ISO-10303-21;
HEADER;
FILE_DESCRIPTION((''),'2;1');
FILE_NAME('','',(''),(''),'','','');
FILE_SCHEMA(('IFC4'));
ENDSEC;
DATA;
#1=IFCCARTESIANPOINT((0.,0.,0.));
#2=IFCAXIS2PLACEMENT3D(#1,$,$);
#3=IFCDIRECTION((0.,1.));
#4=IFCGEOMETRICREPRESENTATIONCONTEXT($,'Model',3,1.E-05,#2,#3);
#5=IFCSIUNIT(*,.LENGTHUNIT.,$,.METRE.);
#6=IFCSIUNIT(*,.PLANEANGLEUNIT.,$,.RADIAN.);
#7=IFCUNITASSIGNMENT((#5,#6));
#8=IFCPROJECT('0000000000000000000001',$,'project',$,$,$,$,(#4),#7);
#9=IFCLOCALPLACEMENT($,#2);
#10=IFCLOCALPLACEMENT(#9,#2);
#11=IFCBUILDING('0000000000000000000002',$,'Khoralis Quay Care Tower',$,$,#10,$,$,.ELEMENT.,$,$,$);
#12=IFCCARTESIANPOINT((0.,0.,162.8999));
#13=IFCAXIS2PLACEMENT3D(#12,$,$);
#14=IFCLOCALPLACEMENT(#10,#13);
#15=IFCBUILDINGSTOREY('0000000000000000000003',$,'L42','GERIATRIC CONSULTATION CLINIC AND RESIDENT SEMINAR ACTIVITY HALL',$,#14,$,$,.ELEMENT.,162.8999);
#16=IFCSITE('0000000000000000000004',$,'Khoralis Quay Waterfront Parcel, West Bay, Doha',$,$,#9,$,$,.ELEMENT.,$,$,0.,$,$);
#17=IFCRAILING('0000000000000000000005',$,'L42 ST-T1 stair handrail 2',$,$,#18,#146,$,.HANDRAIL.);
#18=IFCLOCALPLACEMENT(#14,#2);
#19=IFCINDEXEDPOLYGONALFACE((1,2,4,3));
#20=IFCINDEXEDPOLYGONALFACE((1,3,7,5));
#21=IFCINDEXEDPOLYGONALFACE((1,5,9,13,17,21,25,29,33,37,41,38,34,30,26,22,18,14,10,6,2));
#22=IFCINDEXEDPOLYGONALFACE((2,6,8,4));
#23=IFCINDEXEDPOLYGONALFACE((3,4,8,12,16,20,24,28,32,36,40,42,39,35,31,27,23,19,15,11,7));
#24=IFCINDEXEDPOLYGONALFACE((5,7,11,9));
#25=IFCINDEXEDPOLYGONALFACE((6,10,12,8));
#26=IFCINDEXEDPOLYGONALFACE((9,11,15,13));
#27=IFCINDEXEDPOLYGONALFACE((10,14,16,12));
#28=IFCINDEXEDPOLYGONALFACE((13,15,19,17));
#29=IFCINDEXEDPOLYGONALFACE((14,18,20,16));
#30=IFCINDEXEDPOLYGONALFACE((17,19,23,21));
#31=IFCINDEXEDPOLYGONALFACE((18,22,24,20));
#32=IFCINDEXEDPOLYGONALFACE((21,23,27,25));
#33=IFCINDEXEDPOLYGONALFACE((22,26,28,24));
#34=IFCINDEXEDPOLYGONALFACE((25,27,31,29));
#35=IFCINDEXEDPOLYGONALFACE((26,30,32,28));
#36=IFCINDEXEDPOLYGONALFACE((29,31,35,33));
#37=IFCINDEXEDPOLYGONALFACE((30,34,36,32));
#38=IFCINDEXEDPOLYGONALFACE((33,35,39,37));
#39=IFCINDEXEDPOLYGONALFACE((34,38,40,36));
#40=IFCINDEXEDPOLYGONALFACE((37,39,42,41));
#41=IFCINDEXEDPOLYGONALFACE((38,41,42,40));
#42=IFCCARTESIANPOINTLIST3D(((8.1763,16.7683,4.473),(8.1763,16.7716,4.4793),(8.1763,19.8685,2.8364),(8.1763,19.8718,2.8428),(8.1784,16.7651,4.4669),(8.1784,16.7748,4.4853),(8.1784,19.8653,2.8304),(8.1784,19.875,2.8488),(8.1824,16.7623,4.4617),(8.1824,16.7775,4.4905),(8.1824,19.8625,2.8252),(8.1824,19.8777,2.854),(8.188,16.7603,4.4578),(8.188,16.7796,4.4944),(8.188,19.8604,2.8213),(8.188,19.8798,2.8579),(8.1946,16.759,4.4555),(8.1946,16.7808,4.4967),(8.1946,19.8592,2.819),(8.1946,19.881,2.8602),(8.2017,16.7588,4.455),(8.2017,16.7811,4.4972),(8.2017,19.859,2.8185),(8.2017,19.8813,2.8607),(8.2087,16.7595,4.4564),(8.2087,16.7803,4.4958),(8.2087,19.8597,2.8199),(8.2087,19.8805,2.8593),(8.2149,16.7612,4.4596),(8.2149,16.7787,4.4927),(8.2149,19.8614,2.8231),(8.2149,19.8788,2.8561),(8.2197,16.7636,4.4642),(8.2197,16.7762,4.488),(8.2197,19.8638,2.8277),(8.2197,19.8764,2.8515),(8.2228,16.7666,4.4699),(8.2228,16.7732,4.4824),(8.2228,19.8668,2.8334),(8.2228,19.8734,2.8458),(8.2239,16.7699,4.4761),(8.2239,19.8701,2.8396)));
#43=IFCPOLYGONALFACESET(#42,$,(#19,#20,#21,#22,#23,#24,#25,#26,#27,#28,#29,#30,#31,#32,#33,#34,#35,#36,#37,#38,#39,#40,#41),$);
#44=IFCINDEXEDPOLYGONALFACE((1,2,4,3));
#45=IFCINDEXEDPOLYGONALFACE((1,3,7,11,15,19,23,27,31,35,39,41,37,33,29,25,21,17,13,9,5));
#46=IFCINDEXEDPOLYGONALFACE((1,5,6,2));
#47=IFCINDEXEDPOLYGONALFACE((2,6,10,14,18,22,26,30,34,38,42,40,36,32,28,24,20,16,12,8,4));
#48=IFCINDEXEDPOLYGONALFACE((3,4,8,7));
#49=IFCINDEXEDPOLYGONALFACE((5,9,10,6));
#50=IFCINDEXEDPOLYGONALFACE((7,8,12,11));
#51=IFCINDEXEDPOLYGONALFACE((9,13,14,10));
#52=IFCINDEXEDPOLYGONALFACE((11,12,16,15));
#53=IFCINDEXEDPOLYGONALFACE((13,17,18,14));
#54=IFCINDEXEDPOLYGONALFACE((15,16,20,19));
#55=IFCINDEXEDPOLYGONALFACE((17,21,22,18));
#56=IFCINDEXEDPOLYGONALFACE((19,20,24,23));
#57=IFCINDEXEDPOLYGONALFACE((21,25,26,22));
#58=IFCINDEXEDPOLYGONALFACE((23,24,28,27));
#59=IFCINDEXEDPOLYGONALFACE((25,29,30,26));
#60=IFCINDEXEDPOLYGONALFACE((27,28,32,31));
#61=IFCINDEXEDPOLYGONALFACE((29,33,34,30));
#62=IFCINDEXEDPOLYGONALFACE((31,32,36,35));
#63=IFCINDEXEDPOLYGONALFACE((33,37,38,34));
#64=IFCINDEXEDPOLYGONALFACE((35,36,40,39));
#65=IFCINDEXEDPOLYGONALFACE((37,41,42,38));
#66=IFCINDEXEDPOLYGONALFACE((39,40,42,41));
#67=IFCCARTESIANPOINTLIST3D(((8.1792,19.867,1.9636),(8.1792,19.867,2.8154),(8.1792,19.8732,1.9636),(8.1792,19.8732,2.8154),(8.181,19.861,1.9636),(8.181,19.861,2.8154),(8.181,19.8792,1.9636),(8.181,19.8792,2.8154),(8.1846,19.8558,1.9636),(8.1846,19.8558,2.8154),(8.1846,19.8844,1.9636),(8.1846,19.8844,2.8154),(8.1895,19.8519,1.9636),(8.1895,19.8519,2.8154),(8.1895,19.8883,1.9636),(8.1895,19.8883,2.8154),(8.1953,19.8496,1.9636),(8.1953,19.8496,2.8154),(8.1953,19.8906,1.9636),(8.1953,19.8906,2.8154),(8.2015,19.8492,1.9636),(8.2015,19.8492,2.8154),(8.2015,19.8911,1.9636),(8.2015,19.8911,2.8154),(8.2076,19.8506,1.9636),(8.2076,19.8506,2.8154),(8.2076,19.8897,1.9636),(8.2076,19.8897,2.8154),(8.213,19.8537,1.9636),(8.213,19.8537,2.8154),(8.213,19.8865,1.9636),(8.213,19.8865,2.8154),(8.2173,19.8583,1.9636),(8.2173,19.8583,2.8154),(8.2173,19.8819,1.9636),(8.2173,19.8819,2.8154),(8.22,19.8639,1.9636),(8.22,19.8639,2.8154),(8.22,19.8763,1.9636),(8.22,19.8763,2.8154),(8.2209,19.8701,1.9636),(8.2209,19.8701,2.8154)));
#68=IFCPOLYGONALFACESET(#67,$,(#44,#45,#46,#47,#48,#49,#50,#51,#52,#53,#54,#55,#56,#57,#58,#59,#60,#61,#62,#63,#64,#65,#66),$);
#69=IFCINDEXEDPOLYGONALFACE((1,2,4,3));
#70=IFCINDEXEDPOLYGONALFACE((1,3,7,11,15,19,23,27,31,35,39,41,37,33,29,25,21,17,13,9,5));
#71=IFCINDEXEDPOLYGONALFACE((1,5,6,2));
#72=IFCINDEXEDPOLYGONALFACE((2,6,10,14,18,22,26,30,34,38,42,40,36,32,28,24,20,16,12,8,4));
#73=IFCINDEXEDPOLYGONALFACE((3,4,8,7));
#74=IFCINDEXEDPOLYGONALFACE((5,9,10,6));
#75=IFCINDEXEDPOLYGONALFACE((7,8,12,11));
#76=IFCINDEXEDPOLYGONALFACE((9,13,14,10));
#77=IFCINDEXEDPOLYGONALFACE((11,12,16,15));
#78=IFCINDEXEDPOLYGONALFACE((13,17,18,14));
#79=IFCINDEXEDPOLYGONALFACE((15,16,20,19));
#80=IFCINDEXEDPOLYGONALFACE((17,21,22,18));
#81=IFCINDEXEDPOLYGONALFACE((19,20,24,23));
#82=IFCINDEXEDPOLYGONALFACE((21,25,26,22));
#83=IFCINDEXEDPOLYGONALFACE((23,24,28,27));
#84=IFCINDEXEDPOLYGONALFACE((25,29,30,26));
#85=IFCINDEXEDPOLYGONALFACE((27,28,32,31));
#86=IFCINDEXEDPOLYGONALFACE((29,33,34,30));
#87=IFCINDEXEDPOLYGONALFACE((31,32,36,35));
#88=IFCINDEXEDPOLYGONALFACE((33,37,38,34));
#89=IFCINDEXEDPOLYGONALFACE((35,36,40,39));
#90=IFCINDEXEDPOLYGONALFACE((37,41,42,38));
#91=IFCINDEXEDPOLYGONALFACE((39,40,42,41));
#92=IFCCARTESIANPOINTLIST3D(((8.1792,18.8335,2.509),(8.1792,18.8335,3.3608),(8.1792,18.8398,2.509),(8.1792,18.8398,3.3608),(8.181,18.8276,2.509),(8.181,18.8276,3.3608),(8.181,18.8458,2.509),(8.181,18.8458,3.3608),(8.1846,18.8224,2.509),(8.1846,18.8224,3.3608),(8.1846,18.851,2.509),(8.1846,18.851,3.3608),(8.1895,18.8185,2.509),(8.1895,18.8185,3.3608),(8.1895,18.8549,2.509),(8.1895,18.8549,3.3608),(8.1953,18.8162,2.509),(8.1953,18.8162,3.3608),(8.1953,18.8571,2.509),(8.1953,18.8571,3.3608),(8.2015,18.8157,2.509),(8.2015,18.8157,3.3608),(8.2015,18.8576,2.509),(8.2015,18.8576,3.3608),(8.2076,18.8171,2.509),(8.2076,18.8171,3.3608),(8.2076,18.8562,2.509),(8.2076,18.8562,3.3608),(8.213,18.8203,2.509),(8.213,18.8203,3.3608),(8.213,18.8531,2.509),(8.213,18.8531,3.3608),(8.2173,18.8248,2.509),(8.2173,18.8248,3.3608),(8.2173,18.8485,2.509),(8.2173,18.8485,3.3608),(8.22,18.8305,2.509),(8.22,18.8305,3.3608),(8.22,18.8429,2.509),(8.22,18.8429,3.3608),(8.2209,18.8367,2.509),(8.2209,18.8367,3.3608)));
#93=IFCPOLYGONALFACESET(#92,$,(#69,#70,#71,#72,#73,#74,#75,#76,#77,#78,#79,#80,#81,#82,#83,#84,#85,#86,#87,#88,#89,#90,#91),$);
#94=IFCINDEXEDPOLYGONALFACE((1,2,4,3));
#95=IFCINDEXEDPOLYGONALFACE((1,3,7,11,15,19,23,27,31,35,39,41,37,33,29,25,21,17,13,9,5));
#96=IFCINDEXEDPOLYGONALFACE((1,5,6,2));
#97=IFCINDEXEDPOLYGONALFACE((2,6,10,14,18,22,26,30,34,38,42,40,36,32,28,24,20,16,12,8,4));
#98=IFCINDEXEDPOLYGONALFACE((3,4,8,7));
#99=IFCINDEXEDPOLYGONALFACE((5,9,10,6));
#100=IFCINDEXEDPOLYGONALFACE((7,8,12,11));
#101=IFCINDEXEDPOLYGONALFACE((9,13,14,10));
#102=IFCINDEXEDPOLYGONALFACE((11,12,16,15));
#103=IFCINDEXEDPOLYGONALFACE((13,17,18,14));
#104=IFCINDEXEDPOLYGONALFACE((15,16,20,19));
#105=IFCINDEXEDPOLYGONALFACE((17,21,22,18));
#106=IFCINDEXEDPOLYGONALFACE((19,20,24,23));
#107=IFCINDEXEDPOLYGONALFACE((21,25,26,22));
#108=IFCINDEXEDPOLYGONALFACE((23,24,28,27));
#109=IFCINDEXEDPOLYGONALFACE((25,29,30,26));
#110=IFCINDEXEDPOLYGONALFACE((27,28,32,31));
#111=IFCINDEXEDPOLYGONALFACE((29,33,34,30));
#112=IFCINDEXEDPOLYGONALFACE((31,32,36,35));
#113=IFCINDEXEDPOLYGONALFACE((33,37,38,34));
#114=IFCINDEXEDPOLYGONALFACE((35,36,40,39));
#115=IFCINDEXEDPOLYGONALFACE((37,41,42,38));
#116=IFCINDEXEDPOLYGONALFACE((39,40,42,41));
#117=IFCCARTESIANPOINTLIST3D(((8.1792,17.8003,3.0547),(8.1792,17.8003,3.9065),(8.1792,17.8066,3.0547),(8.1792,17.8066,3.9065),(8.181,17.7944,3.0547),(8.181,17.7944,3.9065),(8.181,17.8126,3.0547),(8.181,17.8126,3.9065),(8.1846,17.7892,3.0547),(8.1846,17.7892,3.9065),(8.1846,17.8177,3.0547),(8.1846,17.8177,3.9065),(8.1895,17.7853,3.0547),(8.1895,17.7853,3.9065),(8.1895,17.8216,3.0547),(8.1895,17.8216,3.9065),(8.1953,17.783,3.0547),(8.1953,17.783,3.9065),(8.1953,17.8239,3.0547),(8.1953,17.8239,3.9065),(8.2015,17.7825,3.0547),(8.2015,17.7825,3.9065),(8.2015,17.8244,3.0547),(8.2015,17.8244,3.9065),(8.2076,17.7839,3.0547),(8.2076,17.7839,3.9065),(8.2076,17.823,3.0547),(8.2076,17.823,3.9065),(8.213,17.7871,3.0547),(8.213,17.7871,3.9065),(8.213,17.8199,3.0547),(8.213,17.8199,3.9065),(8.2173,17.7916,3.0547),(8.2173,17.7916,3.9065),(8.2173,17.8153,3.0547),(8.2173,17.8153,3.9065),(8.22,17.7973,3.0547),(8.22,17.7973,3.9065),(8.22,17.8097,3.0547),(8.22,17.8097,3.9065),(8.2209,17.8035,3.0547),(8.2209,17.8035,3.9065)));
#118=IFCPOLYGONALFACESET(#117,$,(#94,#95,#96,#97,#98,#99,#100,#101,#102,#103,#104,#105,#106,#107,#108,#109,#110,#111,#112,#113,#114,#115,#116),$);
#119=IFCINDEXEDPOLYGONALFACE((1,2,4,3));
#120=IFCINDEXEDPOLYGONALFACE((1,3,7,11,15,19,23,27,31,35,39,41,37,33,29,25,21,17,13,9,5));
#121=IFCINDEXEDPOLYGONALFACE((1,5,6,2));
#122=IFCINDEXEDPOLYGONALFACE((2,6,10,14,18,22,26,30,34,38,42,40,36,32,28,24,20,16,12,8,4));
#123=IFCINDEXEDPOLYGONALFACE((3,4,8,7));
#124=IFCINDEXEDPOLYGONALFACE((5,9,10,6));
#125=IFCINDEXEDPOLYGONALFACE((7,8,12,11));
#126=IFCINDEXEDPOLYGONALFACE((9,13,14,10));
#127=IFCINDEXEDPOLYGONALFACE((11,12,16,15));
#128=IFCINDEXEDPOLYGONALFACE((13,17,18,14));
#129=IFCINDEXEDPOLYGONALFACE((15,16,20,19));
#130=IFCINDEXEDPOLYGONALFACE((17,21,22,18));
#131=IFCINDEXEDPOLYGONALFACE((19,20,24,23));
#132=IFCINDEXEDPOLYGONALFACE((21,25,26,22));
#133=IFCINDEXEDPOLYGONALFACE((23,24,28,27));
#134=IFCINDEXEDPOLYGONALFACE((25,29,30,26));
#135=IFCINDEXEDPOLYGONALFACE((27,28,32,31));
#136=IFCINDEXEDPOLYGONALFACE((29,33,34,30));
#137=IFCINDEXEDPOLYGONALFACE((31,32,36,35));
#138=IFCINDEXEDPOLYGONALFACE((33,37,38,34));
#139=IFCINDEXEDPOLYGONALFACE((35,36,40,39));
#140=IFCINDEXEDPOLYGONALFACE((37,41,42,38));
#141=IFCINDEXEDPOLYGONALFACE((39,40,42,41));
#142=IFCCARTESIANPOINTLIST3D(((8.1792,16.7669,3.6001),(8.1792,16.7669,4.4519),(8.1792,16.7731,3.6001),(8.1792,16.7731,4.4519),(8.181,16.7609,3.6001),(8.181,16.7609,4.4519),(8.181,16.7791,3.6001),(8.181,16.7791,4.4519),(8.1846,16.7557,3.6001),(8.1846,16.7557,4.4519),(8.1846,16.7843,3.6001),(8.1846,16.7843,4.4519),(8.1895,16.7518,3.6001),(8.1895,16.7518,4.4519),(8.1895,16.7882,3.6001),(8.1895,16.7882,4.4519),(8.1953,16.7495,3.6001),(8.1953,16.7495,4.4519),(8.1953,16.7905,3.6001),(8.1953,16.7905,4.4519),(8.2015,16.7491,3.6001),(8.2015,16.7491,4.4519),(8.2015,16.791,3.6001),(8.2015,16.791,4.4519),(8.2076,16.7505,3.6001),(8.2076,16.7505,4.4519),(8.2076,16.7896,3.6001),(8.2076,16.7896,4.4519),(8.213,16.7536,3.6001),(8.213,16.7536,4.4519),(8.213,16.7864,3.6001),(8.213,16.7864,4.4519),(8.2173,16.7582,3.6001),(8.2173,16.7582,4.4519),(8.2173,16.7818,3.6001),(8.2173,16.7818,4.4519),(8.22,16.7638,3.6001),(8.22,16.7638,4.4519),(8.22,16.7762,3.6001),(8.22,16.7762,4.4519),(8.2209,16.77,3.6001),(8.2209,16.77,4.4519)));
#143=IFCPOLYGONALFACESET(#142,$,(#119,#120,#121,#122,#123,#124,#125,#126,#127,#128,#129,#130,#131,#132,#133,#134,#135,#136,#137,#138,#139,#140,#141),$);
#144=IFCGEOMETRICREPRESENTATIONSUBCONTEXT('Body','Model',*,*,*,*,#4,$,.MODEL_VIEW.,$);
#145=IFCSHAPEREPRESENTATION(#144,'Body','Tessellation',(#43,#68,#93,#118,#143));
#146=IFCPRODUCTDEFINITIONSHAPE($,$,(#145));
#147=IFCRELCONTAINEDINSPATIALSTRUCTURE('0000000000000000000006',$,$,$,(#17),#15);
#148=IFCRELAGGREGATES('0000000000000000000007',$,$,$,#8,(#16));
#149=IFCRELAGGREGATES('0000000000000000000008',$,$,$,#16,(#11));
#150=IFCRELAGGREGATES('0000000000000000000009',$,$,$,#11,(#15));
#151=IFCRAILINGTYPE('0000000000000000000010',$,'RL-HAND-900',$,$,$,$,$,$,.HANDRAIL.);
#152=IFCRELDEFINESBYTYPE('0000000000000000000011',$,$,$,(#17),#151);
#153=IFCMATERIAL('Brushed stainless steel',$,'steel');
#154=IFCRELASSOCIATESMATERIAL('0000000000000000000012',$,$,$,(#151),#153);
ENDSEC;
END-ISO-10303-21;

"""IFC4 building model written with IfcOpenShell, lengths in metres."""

from ifc_helpers import new_model, si_unit, direction, frame, origin, origin_2d, place, context, subcontext, project, spatial, circle, extrude, material, type_object, element, save


model = new_model("IFC4")

# Units and contexts
model_context = context("Model", 3, precision=1e-05, world=origin(), true_north=direction((0.0, 1.0)))
body_context = subcontext(model_context, "Body", "Model", "MODEL_VIEW")
ifc_project = project(units=[si_unit("LENGTHUNIT", "METRE"), si_unit("PLANEANGLEUNIT", "RADIAN")], contexts=[model_context])

# Site, building, storey
site_placement = place(None, origin())
site = spatial("IfcSite", under=ifc_project, at=site_placement, Name="Khoralis Quay Waterfront Parcel, West Bay, Doha", CompositionType="ELEMENT", RefElevation=0.0)
building_placement = place(site_placement, origin())
building = spatial("IfcBuilding", under=site, at=building_placement, Name="Khoralis Quay Care Tower", CompositionType="ELEMENT")
storey_placement = place(building_placement, frame((0.0, 0.0, 162.8999)))
storey = spatial("IfcBuildingStorey", under=building, at=storey_placement, Name="L42", Description="GERIATRIC CONSULTATION CLINIC AND RESIDENT SEMINAR ACTIVITY HALL", CompositionType="ELEMENT", Elevation=162.8999)

# Railing
ifc_material_1 = material(Name="Brushed stainless steel", Category="steel")
railing_type_1 = type_object("IfcRailingType", Name="RL-HAND-900", PredefinedType="HANDRAIL", material=ifc_material_1)
railing_1_placement = place(storey_placement, frame((8.2, 19.8701, 1.9636)))
element("IfcRailing", 1, at=railing_1_placement, inside=storey, type_object=railing_type_1, Name="L42 ST-T1 stair handrail 2", PredefinedType="HANDRAIL", context=body_context, shape_type="SweptSolid", body=[
    extrude(circle(Radius=0.0239, at=origin_2d()), frame((0.0, 0.0, 0.876), z_axis=(0.0, -0.884348, 0.466828), x_axis=(1.0, 0.0, 0.0)), (0.0, 0.0, 1.0), 3.5056),
    extrude(circle(Radius=0.021, at=origin_2d()), origin(), (0.0, 0.0, 1.0), 0.8518),
    extrude(circle(Radius=0.021, at=origin_2d()), frame((0.0, -1.0334, 0.5454)), (0.0, 0.0, 1.0), 0.8518),
    extrude(circle(Radius=0.021, at=origin_2d()), frame((0.0, -2.0667, 1.0911)), (0.0, 0.0, 1.0), 0.8518),
    extrude(circle(Radius=0.021, at=origin_2d()), frame((0.0, -3.1001, 1.6365)), (0.0, 0.0, 1.0), 0.8518),
])

save(model, "model.ifc")
